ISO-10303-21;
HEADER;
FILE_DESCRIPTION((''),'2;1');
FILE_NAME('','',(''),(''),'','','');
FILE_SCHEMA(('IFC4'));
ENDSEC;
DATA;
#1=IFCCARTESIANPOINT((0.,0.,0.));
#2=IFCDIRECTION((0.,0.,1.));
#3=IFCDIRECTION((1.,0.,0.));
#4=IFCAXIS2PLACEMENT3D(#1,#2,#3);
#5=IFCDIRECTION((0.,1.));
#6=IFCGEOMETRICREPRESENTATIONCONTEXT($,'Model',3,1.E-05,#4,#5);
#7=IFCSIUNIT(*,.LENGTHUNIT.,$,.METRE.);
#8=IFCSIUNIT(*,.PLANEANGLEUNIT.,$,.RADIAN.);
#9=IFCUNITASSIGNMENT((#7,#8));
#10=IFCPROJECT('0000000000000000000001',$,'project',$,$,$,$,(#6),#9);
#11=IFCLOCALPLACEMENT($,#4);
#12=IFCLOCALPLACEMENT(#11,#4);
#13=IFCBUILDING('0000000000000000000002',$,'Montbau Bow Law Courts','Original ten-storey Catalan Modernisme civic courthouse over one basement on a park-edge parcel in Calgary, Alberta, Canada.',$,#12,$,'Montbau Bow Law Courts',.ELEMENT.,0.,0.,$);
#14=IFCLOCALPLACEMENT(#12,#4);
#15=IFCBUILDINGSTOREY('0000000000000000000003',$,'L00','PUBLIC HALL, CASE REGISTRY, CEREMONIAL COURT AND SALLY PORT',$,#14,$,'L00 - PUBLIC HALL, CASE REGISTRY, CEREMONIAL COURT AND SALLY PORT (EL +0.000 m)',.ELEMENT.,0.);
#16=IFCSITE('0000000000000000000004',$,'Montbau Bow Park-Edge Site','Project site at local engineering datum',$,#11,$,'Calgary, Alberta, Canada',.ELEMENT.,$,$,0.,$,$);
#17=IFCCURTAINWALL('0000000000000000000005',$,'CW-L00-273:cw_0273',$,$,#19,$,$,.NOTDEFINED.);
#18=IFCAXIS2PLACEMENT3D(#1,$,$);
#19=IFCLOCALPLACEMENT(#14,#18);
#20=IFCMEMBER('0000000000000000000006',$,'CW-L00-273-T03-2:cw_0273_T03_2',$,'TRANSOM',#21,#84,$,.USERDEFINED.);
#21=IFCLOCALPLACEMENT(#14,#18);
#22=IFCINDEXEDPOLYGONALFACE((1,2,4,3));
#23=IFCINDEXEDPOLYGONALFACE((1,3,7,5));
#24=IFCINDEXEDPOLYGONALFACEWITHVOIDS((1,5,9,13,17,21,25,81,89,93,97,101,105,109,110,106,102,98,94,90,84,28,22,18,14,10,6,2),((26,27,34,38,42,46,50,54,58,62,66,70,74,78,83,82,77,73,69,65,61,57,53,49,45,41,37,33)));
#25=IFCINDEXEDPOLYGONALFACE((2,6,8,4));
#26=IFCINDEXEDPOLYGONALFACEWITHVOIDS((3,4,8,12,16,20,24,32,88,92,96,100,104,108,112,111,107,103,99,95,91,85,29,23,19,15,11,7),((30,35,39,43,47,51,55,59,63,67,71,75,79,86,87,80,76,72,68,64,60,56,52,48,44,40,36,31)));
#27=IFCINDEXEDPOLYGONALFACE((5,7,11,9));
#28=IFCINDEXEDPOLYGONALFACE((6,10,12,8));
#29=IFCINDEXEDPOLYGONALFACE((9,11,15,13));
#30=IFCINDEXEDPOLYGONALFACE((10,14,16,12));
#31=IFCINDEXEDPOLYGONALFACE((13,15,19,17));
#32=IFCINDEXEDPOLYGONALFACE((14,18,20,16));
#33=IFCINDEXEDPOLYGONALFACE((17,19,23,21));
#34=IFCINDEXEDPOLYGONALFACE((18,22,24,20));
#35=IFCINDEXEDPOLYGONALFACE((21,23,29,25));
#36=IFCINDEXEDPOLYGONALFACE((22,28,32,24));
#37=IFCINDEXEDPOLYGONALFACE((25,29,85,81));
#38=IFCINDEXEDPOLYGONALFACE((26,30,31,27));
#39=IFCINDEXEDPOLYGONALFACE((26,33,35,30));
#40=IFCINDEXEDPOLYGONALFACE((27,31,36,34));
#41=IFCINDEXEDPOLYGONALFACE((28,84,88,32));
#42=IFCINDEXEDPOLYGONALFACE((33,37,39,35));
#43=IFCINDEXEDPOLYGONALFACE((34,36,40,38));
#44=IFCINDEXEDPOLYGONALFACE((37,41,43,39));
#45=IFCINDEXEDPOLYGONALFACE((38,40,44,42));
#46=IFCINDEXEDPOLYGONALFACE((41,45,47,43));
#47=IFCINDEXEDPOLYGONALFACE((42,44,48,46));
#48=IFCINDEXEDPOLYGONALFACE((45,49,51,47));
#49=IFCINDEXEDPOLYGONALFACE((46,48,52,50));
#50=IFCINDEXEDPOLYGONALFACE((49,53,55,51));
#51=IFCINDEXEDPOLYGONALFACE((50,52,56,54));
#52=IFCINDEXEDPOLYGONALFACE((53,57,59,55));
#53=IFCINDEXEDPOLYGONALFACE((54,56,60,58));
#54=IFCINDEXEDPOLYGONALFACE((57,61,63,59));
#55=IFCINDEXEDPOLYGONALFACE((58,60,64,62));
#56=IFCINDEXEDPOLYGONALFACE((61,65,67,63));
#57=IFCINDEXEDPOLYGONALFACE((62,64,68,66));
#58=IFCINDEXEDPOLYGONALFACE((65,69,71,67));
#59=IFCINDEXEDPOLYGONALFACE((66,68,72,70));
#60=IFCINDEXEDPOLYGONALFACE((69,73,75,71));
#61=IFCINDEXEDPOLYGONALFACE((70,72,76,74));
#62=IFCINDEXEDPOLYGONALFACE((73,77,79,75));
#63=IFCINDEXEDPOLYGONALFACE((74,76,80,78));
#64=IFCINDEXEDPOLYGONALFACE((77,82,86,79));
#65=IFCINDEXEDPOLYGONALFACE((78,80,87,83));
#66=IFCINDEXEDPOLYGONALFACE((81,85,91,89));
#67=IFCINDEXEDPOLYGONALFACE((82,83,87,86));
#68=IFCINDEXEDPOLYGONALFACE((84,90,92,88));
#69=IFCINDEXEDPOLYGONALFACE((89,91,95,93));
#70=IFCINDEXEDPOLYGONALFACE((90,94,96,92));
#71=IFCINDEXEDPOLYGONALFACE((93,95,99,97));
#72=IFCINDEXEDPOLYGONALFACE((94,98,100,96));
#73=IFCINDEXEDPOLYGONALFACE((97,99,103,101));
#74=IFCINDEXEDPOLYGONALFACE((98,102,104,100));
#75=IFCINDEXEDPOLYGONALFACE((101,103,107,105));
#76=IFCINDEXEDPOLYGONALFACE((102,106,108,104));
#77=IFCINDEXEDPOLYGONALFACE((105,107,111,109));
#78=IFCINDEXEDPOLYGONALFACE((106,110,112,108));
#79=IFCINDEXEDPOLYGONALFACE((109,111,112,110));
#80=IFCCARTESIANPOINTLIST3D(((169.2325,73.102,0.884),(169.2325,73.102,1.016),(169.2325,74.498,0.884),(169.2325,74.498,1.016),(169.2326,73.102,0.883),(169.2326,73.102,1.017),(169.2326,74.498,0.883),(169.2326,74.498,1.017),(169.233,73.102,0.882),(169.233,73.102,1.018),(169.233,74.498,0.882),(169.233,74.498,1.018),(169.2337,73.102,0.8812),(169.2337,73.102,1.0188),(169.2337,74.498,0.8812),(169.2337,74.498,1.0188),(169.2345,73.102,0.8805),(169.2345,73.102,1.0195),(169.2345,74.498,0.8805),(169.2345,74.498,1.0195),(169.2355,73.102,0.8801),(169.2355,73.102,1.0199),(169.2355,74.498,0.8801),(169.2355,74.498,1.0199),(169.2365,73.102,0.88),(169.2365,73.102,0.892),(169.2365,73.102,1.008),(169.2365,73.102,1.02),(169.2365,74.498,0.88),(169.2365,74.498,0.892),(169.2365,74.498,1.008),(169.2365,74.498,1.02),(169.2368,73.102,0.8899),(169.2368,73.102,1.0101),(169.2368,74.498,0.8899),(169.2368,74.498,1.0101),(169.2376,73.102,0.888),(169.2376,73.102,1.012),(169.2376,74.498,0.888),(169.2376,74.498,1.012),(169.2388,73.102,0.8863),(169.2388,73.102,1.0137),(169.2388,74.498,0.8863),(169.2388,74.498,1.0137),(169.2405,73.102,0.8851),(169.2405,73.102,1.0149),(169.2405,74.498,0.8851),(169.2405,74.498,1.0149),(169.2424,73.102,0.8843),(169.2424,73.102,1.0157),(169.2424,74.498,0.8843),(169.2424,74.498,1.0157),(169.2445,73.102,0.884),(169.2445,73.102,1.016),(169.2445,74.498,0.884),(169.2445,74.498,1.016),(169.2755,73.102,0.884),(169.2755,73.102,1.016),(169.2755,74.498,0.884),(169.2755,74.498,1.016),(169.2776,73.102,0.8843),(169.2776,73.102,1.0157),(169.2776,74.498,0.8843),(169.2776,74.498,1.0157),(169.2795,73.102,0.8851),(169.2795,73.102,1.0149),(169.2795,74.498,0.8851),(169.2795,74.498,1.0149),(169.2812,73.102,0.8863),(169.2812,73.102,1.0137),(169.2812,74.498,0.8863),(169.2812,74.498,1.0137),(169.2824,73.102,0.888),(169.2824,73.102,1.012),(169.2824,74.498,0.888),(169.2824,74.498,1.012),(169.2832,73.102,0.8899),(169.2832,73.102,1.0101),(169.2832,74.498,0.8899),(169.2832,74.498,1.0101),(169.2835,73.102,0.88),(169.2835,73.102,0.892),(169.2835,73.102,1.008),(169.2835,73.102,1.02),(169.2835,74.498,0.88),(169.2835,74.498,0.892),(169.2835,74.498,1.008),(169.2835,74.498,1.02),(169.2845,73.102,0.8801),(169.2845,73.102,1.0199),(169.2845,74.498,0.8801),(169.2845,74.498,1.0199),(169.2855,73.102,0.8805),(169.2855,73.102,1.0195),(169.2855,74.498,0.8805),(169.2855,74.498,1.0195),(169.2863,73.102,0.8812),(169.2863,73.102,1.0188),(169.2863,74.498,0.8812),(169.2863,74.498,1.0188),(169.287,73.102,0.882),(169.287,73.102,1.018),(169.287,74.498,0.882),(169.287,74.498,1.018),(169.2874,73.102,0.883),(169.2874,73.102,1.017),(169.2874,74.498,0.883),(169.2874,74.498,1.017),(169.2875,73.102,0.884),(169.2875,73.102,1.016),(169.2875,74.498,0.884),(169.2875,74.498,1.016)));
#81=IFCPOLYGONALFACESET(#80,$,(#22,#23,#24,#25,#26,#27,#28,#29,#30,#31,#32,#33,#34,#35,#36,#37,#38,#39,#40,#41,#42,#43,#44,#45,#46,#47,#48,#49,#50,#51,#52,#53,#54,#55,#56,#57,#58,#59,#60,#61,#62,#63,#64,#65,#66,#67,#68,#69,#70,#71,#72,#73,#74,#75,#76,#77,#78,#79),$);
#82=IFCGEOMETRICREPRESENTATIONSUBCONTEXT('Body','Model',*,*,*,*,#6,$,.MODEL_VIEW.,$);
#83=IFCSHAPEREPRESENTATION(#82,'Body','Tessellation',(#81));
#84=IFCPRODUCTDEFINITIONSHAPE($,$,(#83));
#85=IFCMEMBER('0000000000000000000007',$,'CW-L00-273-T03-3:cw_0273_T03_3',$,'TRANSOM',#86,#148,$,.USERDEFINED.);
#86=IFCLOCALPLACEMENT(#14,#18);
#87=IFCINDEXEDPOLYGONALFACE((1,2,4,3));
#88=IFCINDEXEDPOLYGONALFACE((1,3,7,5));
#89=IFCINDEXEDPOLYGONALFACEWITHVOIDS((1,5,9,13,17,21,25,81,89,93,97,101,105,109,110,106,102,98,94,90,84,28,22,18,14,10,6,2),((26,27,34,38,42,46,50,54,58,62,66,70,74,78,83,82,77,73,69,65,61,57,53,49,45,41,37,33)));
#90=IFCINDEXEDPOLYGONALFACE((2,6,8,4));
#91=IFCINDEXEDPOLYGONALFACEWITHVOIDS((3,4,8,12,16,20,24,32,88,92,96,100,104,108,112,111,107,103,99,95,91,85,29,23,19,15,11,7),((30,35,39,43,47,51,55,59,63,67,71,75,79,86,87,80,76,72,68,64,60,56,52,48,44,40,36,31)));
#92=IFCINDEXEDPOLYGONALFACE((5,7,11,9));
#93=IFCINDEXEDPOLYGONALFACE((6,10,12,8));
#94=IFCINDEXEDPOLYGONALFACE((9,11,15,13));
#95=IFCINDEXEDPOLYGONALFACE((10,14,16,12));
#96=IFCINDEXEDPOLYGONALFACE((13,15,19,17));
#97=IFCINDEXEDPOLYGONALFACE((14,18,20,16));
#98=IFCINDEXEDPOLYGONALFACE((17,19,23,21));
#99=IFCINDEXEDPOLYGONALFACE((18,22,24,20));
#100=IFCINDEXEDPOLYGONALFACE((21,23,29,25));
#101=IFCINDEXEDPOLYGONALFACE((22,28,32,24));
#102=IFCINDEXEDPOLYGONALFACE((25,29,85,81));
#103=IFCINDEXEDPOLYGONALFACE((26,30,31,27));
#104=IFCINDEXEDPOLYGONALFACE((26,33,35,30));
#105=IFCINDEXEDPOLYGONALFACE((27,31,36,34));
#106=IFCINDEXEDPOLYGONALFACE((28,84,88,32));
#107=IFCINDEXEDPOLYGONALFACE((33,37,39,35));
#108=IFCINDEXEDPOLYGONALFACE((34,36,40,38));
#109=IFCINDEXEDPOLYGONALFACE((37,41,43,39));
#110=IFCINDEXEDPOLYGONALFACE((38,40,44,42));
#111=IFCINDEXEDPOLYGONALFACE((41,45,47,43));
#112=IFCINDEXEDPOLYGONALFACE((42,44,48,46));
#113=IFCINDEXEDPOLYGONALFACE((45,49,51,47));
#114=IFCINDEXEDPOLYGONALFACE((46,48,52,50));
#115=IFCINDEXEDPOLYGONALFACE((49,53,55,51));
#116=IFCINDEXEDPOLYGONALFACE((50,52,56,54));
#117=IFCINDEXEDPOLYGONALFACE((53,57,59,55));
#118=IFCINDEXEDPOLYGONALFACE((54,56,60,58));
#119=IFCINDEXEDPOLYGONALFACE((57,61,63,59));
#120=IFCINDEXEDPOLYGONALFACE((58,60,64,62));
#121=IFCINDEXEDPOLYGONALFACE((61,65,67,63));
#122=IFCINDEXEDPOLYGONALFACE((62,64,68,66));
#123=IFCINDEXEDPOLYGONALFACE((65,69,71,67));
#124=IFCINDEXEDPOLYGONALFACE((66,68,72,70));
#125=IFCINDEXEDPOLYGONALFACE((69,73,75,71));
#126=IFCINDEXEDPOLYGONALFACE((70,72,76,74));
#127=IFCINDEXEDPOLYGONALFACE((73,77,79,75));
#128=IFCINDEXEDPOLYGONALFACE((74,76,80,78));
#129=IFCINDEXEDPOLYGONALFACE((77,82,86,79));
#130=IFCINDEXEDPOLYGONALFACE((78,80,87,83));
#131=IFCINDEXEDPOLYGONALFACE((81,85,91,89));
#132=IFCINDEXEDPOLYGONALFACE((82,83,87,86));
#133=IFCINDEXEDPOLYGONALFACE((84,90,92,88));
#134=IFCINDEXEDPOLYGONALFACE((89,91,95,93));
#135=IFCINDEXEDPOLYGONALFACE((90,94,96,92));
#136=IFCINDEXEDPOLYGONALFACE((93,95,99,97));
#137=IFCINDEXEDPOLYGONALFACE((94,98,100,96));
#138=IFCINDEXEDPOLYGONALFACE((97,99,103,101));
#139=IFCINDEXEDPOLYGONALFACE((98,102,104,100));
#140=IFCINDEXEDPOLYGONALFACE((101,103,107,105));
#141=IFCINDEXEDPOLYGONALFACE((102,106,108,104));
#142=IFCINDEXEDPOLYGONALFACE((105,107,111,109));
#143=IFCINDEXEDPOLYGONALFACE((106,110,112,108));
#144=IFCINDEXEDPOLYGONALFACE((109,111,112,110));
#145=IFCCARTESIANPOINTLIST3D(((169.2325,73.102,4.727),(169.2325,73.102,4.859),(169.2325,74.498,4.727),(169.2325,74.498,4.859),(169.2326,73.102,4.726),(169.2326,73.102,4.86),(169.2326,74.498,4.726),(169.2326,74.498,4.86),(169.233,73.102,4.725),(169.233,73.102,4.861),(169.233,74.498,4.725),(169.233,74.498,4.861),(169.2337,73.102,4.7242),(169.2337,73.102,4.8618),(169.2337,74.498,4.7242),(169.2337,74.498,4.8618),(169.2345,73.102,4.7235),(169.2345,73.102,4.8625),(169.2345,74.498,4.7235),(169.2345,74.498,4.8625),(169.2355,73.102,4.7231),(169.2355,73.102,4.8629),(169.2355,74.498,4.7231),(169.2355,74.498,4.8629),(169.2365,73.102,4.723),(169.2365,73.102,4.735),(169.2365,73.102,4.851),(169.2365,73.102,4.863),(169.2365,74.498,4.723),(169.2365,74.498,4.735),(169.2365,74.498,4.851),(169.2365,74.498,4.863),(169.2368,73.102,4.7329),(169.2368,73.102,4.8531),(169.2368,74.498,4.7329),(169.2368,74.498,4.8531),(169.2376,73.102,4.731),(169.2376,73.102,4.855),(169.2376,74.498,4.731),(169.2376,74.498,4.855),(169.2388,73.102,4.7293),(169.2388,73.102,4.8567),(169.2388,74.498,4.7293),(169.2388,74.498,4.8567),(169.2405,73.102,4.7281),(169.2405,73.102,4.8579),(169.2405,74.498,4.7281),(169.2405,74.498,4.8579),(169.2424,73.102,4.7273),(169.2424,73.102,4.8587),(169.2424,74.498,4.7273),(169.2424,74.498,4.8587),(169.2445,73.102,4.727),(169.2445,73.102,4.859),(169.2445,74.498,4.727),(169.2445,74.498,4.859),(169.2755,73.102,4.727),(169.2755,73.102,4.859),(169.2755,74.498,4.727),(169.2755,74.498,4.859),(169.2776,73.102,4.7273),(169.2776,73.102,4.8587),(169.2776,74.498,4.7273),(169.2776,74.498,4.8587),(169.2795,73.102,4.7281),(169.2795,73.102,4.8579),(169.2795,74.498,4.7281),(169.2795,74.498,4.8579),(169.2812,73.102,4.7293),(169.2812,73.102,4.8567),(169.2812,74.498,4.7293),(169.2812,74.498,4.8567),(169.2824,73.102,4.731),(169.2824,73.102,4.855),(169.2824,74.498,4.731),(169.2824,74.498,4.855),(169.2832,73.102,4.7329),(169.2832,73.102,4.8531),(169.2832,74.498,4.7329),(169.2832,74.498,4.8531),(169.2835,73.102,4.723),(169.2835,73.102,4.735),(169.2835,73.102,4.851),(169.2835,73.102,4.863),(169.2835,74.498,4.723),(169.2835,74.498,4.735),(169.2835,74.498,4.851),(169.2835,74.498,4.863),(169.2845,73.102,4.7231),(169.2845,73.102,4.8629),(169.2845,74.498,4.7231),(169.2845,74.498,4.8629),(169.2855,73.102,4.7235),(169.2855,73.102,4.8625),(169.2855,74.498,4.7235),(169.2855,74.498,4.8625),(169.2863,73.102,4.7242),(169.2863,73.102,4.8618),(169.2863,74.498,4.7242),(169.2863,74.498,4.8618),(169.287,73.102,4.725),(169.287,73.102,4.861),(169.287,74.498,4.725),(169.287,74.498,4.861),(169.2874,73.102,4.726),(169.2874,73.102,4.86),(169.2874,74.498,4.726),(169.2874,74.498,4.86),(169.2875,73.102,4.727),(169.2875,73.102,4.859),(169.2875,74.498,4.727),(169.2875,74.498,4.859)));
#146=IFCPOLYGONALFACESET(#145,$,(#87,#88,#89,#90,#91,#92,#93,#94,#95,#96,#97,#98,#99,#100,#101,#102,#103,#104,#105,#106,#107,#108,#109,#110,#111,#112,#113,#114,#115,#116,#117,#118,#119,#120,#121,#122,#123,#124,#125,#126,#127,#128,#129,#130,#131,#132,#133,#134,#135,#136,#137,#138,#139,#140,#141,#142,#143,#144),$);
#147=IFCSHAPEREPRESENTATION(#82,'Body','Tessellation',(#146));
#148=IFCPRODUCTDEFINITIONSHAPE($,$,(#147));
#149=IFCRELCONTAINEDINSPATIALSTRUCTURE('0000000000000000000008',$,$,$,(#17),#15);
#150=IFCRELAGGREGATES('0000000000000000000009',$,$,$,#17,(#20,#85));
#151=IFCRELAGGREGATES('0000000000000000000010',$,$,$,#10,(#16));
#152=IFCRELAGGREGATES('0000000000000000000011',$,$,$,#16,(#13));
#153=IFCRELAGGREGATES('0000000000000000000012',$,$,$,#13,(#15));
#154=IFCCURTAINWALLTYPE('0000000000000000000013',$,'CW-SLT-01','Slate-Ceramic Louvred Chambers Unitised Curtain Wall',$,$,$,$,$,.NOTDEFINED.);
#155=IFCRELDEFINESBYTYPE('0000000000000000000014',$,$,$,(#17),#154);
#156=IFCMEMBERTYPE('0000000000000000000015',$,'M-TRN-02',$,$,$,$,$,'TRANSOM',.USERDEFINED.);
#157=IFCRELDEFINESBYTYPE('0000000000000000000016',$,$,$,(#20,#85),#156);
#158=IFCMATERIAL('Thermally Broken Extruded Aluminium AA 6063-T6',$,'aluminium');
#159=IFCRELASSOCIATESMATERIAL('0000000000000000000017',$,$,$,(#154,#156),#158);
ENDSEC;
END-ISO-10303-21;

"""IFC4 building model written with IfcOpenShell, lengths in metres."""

from ifc_helpers import new_model, si_unit, direction, frame, origin_with_axes, origin_2d_with_axis, place, context, subcontext, project, spatial, hollow_rectangle, extrude, material, material_profile, profile_set, type_object, element, aggregate, save


model = new_model("IFC4")

# Units and contexts
model_context = context("Model", 3, precision=1e-05, world=origin_with_axes(), true_north=direction((0.0, 1.0)))
body_context = subcontext(model_context, "Body", "Model", "MODEL_VIEW")
ifc_project = project(units=[si_unit("LENGTHUNIT", "METRE"), si_unit("PLANEANGLEUNIT", "RADIAN")], contexts=[model_context])

# Site, building, storey
site_placement = place(None, origin_with_axes())
site = spatial("IfcSite", under=ifc_project, at=site_placement, Name="Montbau Bow Park-Edge Site", Description="Project site at local engineering datum", LongName="Calgary, Alberta, Canada", CompositionType="ELEMENT", RefElevation=0.0)
building_placement = place(site_placement, origin_with_axes())
building = spatial("IfcBuilding", under=site, at=building_placement, Name="Montbau Bow Law Courts", Description="Original ten-storey Catalan Modernisme civic courthouse over one basement on a park-edge parcel in Calgary, Alberta, Canada.", LongName="Montbau Bow Law Courts", CompositionType="ELEMENT", ElevationOfRefHeight=0.0, ElevationOfTerrain=0.0)
storey_placement = place(building_placement, origin_with_axes())
storey = spatial("IfcBuildingStorey", under=building, at=storey_placement, Name="L00", Description="PUBLIC HALL, CASE REGISTRY, CEREMONIAL COURT AND SALLY PORT", LongName="L00 - PUBLIC HALL, CASE REGISTRY, CEREMONIAL COURT AND SALLY PORT (EL +0.000 m)", CompositionType="ELEMENT", Elevation=0.0)

# Curtain wall, members
ifc_material_1 = material(Name="Thermally Broken Extruded Aluminium AA 6063-T6", Category="aluminium")
curtain_wall_type = type_object("IfcCurtainWallType", Name="CW-SLT-01", Description="Slate-Ceramic Louvred Chambers Unitised Curtain Wall", PredefinedType="NOTDEFINED", material=ifc_material_1)
curtain_wall_placement = place(None, frame((169.26, 70.115, 0.0), z_axis=(0.0, 0.0, 1.0), x_axis=(1.0, 0.0, 0.0)))
curtain_wall = element("IfcCurtainWall", 1, at=curtain_wall_placement, inside=storey, type_object=curtain_wall_type, Name="CW-L00-273:cw_0273", PredefinedType="NOTDEFINED")
ifc_material_profile_1 = material_profile(ifc_material_1, hollow_rectangle(XDim=0.055, YDim=0.14, WallThickness=0.004, InnerFilletRadius=0.008, OuterFilletRadius=0.004, at=origin_2d_with_axis()), Name="CWT-140X55", Category="Main", Priority=0)
ifc_profile_set_1 = profile_set([ifc_material_profile_1], Name="Thermally Broken Extruded Aluminium AA 6063-T6")
member_type_1 = type_object("IfcMemberType", Name="M-TRN-02", ElementType="TRANSOM", PredefinedType="USERDEFINED", material=ifc_profile_set_1)
member_1_placement = place(None, frame((169.26, 73.102, 0.95), z_axis=(0.0, 1.0, 0.0), x_axis=(-1.0, 0.0, 0.0)))
member_1 = element("IfcMember", 2, at=member_1_placement, type_object=member_type_1, Name="CW-L00-273-T03-2:cw_0273_T03_2", ObjectType="TRANSOM", PredefinedType="USERDEFINED", context=body_context, shape_type="SweptSolid", body=[
    extrude(hollow_rectangle(XDim=0.055, YDim=0.14, WallThickness=0.004, InnerFilletRadius=0.008, OuterFilletRadius=0.004, at=origin_2d_with_axis()), origin_with_axes(), (0.0, 0.0, 1.0), 1.396),
])
member_2_placement = place(None, frame((169.26, 73.102, 4.793), z_axis=(0.0, 1.0, 0.0), x_axis=(-1.0, 0.0, 0.0)))
member_2 = element("IfcMember", 3, at=member_2_placement, type_object=member_type_1, Name="CW-L00-273-T03-3:cw_0273_T03_3", ObjectType="TRANSOM", PredefinedType="USERDEFINED", context=body_context, shape_type="SweptSolid", body=[
    extrude(hollow_rectangle(XDim=0.055, YDim=0.14, WallThickness=0.004, InnerFilletRadius=0.008, OuterFilletRadius=0.004, at=origin_2d_with_axis()), origin_with_axes(), (0.0, 0.0, 1.0), 1.396),
])
aggregate(curtain_wall, [member_1, member_2])

save(model, "model.ifc")
